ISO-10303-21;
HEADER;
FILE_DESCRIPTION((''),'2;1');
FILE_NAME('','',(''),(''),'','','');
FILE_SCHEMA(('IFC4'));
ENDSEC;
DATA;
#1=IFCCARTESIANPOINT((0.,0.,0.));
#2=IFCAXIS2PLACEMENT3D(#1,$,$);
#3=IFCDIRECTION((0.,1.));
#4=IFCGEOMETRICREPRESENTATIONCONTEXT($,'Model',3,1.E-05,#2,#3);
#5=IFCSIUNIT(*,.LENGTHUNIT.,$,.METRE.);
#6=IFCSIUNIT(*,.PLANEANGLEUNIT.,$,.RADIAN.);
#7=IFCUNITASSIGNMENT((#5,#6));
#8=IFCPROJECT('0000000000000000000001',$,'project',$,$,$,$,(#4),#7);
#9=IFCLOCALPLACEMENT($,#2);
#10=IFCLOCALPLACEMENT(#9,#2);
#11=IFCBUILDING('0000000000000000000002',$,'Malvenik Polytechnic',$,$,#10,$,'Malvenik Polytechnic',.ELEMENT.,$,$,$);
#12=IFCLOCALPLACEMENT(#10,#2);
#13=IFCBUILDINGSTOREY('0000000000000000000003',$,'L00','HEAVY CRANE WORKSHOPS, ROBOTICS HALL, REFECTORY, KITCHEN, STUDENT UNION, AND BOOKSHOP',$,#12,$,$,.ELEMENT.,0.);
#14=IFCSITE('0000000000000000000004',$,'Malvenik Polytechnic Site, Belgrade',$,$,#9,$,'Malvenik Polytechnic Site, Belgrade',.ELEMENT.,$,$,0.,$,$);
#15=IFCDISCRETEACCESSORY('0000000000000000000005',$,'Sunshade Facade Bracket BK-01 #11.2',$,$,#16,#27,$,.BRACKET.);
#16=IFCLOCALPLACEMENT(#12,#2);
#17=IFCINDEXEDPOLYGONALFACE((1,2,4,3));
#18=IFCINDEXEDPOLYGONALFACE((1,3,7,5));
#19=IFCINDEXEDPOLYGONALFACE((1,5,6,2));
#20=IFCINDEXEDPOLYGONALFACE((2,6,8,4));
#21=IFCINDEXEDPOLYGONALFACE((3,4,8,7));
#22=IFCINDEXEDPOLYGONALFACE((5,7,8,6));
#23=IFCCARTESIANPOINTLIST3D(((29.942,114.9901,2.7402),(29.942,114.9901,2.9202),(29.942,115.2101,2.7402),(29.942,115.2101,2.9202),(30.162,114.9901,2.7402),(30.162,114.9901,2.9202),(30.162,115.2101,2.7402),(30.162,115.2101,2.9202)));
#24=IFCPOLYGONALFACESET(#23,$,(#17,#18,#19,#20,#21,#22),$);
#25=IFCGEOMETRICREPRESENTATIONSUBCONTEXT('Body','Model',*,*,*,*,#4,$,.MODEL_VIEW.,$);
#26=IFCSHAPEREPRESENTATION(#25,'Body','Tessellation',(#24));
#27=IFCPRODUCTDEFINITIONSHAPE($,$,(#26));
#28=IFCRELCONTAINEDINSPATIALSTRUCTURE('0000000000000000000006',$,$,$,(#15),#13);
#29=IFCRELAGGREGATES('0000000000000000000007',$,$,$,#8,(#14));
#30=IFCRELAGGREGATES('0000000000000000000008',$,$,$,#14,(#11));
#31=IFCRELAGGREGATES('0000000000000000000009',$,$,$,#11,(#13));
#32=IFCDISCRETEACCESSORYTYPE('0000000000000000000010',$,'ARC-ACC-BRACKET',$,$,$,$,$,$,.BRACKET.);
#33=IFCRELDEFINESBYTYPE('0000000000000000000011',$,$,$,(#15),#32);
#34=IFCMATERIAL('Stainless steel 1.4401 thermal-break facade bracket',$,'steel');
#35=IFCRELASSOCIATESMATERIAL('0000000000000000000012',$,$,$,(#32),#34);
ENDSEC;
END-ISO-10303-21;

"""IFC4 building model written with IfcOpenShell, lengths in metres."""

from ifc_helpers import new_model, si_unit, direction, frame, origin, origin_2d, place, context, subcontext, project, spatial, rectangle, extrude, material, type_object, element, save


model = new_model("IFC4")

# Units and contexts
model_context = context("Model", 3, precision=1e-05, world=origin(), true_north=direction((0.0, 1.0)))
body_context = subcontext(model_context, "Body", "Model", "MODEL_VIEW")
ifc_project = project(units=[si_unit("LENGTHUNIT", "METRE"), si_unit("PLANEANGLEUNIT", "RADIAN")], contexts=[model_context])

# Site, building, storey
site_placement = place(None, origin())
site = spatial("IfcSite", under=ifc_project, at=site_placement, Name="Malvenik Polytechnic Site, Belgrade", LongName="Malvenik Polytechnic Site, Belgrade", CompositionType="ELEMENT", RefElevation=0.0)
building_placement = place(site_placement, origin())
building = spatial("IfcBuilding", under=site, at=building_placement, Name="Malvenik Polytechnic", LongName="Malvenik Polytechnic", CompositionType="ELEMENT")
storey_placement = place(building_placement, origin())
storey = spatial("IfcBuildingStorey", under=building, at=storey_placement, Name="L00", Description="HEAVY CRANE WORKSHOPS, ROBOTICS HALL, REFECTORY, KITCHEN, STUDENT UNION, AND BOOKSHOP", CompositionType="ELEMENT", Elevation=0.0)

# Discrete accessory
ifc_material_1 = material(Name="Stainless steel 1.4401 thermal-break facade bracket", Category="steel")
discrete_accessory_type = type_object("IfcDiscreteAccessoryType", Name="ARC-ACC-BRACKET", PredefinedType="BRACKET", material=ifc_material_1)
for number, where, z_axis, x_axis, name in (
    (1, (30.052, 115.1001, 2.7402), (0.0, 0.0, 1.0), (1.0, 0.0, 0.0), "Sunshade Facade Bracket BK-01 #11.2"),
):
    element("IfcDiscreteAccessory", number, at=place(storey_placement, frame(where, z_axis=z_axis, x_axis=x_axis)), inside=storey, type_object=discrete_accessory_type, Name=name, PredefinedType="BRACKET", context=body_context, shape_type="SweptSolid", body=[
        extrude(rectangle(XDim=0.22, YDim=0.22, at=origin_2d()), origin(), (0.0, 0.0, 1.0), 0.1799),
    ])

save(model, "model.ifc")
